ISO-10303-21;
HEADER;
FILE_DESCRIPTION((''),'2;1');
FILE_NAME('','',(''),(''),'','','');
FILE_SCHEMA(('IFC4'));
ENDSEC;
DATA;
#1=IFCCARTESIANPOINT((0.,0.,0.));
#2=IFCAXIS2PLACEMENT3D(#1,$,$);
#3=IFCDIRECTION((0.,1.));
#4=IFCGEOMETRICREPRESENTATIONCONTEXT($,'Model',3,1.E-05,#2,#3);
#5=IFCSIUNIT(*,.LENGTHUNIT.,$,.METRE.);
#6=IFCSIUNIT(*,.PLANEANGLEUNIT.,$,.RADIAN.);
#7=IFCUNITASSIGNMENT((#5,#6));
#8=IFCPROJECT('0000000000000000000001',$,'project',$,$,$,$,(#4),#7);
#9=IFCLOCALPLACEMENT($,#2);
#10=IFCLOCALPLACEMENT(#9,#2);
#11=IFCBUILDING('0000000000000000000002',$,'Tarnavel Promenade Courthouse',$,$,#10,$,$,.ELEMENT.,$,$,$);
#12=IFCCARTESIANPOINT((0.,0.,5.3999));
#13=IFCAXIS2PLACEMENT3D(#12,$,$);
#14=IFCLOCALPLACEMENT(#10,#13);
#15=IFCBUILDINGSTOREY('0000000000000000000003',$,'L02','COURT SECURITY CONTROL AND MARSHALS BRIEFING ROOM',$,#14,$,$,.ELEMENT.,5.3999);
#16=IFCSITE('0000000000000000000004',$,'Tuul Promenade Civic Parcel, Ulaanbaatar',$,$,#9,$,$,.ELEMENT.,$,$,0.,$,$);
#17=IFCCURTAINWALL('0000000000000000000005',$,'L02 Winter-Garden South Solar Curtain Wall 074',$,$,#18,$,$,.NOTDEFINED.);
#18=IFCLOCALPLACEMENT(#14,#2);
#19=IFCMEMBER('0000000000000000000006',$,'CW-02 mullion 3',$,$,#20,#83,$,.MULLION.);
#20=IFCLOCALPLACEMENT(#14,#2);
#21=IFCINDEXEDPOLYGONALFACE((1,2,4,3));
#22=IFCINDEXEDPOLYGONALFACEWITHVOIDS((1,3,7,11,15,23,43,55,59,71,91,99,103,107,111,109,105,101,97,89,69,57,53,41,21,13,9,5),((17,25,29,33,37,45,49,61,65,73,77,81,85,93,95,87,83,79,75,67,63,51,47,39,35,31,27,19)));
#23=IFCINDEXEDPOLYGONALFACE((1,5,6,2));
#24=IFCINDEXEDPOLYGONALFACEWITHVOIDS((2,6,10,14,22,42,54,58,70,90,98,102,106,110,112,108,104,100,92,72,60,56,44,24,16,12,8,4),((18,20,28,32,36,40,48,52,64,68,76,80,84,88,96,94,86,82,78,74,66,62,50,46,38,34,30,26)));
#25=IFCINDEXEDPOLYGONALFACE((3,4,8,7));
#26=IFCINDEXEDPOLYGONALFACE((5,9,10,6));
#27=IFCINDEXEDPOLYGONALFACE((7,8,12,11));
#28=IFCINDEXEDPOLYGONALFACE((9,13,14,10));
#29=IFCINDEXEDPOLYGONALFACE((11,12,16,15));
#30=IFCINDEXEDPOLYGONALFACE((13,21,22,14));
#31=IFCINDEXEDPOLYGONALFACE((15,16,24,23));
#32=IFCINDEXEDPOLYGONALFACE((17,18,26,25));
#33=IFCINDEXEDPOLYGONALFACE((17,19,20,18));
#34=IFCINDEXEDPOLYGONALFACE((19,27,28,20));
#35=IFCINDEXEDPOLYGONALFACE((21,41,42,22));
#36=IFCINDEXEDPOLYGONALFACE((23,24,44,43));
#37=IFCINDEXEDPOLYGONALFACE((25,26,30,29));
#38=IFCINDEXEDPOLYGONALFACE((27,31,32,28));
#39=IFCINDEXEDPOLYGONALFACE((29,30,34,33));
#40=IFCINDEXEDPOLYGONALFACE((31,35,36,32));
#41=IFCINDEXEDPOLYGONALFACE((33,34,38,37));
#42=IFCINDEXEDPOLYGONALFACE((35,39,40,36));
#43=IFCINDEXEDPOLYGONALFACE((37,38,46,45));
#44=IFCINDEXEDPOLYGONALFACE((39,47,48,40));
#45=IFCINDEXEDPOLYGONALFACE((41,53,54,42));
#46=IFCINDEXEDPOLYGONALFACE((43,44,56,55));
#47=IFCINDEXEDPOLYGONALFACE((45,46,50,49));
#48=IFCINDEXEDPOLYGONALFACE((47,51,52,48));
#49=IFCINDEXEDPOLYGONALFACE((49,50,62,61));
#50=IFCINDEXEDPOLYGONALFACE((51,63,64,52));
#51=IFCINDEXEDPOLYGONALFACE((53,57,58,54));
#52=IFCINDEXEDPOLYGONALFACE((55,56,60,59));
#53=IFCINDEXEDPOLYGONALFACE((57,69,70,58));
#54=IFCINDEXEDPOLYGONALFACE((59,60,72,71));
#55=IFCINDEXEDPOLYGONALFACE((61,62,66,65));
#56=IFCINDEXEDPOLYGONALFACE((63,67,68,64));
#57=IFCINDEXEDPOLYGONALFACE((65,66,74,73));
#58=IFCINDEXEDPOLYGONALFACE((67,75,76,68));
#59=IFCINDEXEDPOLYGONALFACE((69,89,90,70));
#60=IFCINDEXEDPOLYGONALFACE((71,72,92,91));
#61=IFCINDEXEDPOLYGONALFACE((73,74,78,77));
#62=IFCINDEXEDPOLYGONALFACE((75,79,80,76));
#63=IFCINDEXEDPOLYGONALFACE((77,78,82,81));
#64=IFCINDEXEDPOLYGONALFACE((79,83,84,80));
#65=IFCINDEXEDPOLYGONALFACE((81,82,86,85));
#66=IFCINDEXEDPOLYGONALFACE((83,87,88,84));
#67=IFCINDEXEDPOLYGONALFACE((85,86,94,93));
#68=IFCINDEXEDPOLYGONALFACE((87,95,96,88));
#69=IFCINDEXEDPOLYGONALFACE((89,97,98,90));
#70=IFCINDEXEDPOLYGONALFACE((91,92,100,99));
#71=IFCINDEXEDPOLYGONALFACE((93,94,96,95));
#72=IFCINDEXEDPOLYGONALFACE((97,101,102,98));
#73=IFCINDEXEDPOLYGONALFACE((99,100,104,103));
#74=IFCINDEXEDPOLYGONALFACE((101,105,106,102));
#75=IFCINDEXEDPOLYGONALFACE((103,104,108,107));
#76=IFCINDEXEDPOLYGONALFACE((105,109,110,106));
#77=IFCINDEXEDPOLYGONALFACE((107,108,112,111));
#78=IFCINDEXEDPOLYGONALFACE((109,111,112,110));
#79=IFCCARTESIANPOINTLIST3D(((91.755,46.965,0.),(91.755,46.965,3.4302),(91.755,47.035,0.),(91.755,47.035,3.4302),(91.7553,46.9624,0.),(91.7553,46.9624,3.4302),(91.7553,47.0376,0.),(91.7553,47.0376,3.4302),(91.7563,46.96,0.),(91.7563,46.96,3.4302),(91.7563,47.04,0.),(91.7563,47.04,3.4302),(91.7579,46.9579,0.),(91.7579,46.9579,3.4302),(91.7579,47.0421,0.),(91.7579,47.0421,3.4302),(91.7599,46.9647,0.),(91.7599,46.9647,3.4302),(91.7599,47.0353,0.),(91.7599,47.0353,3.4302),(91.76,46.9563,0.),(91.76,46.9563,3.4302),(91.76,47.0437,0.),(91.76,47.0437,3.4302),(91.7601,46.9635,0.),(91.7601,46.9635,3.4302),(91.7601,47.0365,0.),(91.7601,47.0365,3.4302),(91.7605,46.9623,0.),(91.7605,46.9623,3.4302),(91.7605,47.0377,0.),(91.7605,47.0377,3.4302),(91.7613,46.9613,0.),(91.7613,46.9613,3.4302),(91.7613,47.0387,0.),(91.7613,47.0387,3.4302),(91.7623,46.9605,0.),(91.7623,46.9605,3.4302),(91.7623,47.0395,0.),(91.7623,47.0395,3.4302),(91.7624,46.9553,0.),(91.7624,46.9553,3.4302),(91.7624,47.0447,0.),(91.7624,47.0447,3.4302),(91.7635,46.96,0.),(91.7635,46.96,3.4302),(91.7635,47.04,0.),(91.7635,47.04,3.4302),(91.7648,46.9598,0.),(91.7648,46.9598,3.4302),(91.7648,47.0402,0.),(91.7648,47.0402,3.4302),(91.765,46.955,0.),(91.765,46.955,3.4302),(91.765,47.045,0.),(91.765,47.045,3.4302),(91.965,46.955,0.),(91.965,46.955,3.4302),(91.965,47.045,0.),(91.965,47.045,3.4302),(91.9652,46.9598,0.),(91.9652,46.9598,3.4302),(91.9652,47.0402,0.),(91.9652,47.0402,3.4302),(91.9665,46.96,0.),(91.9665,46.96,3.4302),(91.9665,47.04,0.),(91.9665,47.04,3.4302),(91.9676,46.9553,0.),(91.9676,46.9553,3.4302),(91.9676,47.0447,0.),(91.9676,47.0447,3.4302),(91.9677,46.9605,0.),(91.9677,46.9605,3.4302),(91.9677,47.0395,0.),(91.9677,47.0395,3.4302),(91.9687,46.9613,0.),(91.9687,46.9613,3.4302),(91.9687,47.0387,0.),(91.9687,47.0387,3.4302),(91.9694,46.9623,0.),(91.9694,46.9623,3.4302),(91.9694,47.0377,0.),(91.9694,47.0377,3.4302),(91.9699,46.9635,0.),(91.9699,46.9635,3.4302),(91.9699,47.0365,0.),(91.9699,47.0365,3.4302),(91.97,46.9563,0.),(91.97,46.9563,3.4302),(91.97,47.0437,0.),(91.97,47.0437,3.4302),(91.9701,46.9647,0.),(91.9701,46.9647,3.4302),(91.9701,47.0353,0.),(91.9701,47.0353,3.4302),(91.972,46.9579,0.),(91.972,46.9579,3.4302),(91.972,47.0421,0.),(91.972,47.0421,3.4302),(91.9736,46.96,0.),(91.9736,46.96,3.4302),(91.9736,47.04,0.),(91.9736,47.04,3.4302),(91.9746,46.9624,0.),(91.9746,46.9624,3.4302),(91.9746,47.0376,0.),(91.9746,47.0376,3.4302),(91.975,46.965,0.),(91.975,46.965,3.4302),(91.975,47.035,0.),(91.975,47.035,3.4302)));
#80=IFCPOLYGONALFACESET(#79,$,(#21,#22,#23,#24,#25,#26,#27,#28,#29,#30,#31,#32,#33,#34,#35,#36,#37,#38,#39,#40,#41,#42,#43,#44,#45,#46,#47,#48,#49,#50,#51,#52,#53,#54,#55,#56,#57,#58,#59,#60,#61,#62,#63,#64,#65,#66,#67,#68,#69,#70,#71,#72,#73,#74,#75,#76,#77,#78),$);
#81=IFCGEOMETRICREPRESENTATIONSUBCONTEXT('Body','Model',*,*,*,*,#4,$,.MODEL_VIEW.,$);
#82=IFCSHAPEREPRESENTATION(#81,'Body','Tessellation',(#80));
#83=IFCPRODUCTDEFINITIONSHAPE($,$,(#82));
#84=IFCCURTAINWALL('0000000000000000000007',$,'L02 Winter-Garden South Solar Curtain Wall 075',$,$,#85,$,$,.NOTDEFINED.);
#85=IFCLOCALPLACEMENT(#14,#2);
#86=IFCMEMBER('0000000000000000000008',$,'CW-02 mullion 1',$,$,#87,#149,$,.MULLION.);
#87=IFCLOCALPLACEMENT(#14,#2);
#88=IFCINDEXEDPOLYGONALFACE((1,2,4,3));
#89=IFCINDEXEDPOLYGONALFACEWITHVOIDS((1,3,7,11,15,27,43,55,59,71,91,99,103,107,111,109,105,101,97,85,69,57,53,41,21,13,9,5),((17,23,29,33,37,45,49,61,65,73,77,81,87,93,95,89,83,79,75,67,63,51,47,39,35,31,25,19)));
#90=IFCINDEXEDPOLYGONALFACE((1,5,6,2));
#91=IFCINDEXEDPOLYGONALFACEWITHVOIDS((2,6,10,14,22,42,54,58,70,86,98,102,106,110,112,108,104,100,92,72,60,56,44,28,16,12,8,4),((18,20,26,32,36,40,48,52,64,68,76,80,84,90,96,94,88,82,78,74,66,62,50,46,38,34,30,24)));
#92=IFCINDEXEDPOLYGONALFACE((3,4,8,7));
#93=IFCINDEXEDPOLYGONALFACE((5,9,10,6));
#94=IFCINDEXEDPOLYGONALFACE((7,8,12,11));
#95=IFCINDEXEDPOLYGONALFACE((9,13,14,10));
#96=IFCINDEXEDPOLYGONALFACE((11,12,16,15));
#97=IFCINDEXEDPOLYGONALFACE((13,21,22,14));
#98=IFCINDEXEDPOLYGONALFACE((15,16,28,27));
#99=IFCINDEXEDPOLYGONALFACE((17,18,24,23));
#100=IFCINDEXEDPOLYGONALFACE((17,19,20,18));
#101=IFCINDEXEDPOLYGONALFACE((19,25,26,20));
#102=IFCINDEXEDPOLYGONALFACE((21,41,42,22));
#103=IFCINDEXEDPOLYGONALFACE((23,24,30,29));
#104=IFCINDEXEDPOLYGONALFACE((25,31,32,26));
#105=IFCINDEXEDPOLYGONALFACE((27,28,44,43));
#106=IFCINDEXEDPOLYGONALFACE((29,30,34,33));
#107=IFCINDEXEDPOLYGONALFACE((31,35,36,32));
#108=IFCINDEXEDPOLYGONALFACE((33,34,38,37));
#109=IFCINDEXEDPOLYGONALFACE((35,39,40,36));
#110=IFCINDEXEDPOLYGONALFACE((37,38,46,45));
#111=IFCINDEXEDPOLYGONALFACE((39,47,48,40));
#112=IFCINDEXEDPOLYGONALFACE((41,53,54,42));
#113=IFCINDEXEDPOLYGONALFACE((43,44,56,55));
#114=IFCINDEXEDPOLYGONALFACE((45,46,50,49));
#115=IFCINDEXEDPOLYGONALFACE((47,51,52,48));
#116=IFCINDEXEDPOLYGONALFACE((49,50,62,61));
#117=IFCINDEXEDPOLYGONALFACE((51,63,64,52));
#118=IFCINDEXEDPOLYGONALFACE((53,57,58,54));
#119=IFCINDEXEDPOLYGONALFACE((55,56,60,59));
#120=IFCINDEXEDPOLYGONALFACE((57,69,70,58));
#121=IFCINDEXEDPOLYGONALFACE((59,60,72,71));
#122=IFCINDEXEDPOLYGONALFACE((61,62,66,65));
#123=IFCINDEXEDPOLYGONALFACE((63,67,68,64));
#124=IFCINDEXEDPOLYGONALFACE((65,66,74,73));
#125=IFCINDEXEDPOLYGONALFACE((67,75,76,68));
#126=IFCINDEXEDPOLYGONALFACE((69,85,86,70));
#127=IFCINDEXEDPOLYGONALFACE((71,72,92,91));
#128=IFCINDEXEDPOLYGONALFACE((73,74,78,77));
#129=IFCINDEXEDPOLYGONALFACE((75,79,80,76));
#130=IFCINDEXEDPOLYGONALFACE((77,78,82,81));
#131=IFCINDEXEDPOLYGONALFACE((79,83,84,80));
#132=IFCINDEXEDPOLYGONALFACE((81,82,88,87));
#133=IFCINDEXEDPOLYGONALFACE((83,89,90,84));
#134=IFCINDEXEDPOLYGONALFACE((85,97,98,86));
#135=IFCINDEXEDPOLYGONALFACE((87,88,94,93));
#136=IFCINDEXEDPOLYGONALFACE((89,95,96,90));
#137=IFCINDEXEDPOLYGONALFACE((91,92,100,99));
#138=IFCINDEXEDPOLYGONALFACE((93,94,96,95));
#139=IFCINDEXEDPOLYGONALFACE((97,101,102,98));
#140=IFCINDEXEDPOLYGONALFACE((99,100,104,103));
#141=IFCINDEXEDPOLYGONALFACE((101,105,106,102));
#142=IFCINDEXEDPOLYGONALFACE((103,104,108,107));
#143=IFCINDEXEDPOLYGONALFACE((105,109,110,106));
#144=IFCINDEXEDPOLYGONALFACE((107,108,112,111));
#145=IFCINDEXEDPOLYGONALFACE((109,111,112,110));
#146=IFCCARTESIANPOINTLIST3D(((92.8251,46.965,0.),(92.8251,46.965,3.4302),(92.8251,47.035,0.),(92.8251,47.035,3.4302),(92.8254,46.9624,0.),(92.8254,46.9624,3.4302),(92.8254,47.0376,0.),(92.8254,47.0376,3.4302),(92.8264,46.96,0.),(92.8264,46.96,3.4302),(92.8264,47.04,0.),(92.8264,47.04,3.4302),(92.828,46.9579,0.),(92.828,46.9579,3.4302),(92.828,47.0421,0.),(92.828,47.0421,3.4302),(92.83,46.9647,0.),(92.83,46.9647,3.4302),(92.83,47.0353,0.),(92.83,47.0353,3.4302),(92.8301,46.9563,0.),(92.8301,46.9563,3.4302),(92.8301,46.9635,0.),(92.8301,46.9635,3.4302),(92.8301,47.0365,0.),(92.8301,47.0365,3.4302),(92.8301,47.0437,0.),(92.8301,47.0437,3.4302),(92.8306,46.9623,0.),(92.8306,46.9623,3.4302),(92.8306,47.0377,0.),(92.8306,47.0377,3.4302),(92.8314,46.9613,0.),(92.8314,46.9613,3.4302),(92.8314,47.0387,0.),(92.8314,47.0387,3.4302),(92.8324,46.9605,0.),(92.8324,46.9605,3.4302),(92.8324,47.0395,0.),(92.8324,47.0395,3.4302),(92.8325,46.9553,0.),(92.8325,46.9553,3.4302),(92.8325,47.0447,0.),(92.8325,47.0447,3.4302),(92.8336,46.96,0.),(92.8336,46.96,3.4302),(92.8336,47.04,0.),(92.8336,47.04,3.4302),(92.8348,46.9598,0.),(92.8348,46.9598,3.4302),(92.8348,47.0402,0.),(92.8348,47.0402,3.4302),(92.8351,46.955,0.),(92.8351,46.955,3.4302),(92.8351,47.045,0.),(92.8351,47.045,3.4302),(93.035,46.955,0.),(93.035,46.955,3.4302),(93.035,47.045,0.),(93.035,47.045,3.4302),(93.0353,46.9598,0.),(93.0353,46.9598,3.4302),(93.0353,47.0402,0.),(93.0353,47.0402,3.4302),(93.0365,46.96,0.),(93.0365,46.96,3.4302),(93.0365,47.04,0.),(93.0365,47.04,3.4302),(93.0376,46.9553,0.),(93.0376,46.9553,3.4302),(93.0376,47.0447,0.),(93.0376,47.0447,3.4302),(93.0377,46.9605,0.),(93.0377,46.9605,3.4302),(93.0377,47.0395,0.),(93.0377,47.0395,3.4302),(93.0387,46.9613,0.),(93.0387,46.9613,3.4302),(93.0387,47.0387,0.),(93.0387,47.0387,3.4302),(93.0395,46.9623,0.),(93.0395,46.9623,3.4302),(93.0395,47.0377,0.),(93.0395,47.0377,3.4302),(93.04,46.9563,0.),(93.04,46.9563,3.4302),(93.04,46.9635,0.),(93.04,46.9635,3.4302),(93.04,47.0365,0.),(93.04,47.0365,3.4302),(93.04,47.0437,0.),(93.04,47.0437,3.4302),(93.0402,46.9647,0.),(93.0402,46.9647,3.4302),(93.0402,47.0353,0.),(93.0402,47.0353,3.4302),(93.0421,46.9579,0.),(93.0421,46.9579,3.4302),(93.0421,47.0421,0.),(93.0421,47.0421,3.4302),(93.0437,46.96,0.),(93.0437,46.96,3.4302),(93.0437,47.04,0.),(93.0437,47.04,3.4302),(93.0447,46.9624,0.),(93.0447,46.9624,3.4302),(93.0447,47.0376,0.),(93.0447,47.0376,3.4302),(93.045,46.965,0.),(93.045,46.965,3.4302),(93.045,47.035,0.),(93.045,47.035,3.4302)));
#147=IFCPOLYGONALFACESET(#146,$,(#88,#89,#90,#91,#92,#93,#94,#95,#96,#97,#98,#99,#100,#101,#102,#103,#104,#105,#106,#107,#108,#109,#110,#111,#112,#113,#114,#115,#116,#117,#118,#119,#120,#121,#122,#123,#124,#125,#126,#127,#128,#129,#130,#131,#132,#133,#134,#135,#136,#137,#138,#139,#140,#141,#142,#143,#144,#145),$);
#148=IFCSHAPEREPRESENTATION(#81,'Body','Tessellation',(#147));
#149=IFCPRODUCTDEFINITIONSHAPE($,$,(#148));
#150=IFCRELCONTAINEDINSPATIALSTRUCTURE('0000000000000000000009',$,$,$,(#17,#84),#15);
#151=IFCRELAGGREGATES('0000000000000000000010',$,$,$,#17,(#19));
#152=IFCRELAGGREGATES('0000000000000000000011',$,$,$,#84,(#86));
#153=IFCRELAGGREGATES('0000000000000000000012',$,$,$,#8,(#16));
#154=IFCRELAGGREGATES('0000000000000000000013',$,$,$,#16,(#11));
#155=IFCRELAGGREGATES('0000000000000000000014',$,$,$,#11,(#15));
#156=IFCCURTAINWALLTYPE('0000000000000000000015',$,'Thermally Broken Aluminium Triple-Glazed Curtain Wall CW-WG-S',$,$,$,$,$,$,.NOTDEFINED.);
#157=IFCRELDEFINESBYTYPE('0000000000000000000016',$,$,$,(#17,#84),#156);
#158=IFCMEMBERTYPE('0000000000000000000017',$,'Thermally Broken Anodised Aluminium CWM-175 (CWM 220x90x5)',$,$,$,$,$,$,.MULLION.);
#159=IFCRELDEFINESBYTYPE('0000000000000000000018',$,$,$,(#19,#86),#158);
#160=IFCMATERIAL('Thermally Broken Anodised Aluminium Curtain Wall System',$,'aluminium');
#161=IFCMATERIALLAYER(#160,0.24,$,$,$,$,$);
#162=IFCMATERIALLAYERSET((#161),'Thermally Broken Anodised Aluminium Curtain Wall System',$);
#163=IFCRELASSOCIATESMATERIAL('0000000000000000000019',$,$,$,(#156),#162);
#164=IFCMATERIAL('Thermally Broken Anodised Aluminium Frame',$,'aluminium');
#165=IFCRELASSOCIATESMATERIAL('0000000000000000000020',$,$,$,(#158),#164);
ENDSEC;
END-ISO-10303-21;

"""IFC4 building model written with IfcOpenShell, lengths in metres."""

from ifc_helpers import new_model, si_unit, direction, frame, origin, origin_2d, place, context, subcontext, project, spatial, hollow_rectangle, extrude, material, layer, layer_set, material_profile, profile_set, type_object, element, aggregate, save


model = new_model("IFC4")

# Units and contexts
model_context = context("Model", 3, precision=1e-05, world=origin(), true_north=direction((0.0, 1.0)))
body_context = subcontext(model_context, "Body", "Model", "MODEL_VIEW")
ifc_project = project(units=[si_unit("LENGTHUNIT", "METRE"), si_unit("PLANEANGLEUNIT", "RADIAN")], contexts=[model_context])

# Site, building, storey
site_placement = place(None, origin())
site = spatial("IfcSite", under=ifc_project, at=site_placement, Name="Tuul Promenade Civic Parcel, Ulaanbaatar", CompositionType="ELEMENT", RefElevation=0.0)
building_placement = place(site_placement, origin())
building = spatial("IfcBuilding", under=site, at=building_placement, Name="Tarnavel Promenade Courthouse", CompositionType="ELEMENT")
storey_placement = place(building_placement, frame((0.0, 0.0, 5.3999)))
storey = spatial("IfcBuildingStorey", under=building, at=storey_placement, Name="L02", Description="COURT SECURITY CONTROL AND MARSHALS BRIEFING ROOM", CompositionType="ELEMENT", Elevation=5.3999)

# Shared definitions
ifc_material_1 = material(Name="Thermally Broken Anodised Aluminium Curtain Wall System", Category="aluminium")
ifc_layer_1 = layer(ifc_material_1, 0.24)
ifc_layer_set_1 = layer_set([ifc_layer_1], Name="Thermally Broken Anodised Aluminium Curtain Wall System")
curtain_wall_type = type_object("IfcCurtainWallType", Name="Thermally Broken Aluminium Triple-Glazed Curtain Wall CW-WG-S", PredefinedType="NOTDEFINED", material=ifc_layer_set_1)
ifc_material_2 = material(Name="Thermally Broken Anodised Aluminium Frame", Category="aluminium")
ifc_material_profile_1 = material_profile(ifc_material_2, hollow_rectangle(XDim=0.0901, YDim=0.22, WallThickness=0.0049, InnerFilletRadius=0.0049, OuterFilletRadius=0.01, at=origin_2d()), Name="CWM 220x90x5")
ifc_profile_set_1 = profile_set([ifc_material_profile_1], Name="Thermally Broken Anodised Aluminium Frame")
member_type_1 = type_object("IfcMemberType", Name="Thermally Broken Anodised Aluminium CWM-175 (CWM 220x90x5)", PredefinedType="MULLION", material=ifc_profile_set_1)

# Curtain walls, members
curtain_wall_1_placement = place(storey_placement, origin())
curtain_wall_1 = element("IfcCurtainWall", 1, at=curtain_wall_1_placement, inside=storey, type_object=curtain_wall_type, Name="L02 Winter-Garden South Solar Curtain Wall 074", PredefinedType="NOTDEFINED")
member_1_placement = place(storey_placement, frame((91.865, 47.0, 0.0), z_axis=(0.0, 0.0, 1.0), x_axis=(0.0, 1.0, 0.0)))
member_1 = element("IfcMember", 2, at=member_1_placement, type_object=member_type_1, Name="CW-02 mullion 3", PredefinedType="MULLION", context=body_context, shape_type="SweptSolid", body=[
    extrude(hollow_rectangle(XDim=0.0901, YDim=0.22, WallThickness=0.0049, InnerFilletRadius=0.0049, OuterFilletRadius=0.01, at=origin_2d()), origin(), (0.0, 0.0, 1.0), 3.4302),
])
curtain_wall_2_placement = place(storey_placement, origin())
curtain_wall_2 = element("IfcCurtainWall", 3, at=curtain_wall_2_placement, inside=storey, type_object=curtain_wall_type, Name="L02 Winter-Garden South Solar Curtain Wall 075", PredefinedType="NOTDEFINED")
member_2_placement = place(storey_placement, frame((92.9351, 47.0, 0.0), z_axis=(0.0, 0.0, 1.0), x_axis=(0.0, 1.0, 0.0)))
member_2 = element("IfcMember", 4, at=member_2_placement, type_object=member_type_1, Name="CW-02 mullion 1", PredefinedType="MULLION", context=body_context, shape_type="SweptSolid", body=[
    extrude(hollow_rectangle(XDim=0.0901, YDim=0.22, WallThickness=0.0049, InnerFilletRadius=0.0049, OuterFilletRadius=0.01, at=origin_2d()), origin(), (0.0, 0.0, 1.0), 3.4302),
])

aggregate(curtain_wall_1, [member_1])
aggregate(curtain_wall_2, [member_2])

save(model, "model.ifc")
